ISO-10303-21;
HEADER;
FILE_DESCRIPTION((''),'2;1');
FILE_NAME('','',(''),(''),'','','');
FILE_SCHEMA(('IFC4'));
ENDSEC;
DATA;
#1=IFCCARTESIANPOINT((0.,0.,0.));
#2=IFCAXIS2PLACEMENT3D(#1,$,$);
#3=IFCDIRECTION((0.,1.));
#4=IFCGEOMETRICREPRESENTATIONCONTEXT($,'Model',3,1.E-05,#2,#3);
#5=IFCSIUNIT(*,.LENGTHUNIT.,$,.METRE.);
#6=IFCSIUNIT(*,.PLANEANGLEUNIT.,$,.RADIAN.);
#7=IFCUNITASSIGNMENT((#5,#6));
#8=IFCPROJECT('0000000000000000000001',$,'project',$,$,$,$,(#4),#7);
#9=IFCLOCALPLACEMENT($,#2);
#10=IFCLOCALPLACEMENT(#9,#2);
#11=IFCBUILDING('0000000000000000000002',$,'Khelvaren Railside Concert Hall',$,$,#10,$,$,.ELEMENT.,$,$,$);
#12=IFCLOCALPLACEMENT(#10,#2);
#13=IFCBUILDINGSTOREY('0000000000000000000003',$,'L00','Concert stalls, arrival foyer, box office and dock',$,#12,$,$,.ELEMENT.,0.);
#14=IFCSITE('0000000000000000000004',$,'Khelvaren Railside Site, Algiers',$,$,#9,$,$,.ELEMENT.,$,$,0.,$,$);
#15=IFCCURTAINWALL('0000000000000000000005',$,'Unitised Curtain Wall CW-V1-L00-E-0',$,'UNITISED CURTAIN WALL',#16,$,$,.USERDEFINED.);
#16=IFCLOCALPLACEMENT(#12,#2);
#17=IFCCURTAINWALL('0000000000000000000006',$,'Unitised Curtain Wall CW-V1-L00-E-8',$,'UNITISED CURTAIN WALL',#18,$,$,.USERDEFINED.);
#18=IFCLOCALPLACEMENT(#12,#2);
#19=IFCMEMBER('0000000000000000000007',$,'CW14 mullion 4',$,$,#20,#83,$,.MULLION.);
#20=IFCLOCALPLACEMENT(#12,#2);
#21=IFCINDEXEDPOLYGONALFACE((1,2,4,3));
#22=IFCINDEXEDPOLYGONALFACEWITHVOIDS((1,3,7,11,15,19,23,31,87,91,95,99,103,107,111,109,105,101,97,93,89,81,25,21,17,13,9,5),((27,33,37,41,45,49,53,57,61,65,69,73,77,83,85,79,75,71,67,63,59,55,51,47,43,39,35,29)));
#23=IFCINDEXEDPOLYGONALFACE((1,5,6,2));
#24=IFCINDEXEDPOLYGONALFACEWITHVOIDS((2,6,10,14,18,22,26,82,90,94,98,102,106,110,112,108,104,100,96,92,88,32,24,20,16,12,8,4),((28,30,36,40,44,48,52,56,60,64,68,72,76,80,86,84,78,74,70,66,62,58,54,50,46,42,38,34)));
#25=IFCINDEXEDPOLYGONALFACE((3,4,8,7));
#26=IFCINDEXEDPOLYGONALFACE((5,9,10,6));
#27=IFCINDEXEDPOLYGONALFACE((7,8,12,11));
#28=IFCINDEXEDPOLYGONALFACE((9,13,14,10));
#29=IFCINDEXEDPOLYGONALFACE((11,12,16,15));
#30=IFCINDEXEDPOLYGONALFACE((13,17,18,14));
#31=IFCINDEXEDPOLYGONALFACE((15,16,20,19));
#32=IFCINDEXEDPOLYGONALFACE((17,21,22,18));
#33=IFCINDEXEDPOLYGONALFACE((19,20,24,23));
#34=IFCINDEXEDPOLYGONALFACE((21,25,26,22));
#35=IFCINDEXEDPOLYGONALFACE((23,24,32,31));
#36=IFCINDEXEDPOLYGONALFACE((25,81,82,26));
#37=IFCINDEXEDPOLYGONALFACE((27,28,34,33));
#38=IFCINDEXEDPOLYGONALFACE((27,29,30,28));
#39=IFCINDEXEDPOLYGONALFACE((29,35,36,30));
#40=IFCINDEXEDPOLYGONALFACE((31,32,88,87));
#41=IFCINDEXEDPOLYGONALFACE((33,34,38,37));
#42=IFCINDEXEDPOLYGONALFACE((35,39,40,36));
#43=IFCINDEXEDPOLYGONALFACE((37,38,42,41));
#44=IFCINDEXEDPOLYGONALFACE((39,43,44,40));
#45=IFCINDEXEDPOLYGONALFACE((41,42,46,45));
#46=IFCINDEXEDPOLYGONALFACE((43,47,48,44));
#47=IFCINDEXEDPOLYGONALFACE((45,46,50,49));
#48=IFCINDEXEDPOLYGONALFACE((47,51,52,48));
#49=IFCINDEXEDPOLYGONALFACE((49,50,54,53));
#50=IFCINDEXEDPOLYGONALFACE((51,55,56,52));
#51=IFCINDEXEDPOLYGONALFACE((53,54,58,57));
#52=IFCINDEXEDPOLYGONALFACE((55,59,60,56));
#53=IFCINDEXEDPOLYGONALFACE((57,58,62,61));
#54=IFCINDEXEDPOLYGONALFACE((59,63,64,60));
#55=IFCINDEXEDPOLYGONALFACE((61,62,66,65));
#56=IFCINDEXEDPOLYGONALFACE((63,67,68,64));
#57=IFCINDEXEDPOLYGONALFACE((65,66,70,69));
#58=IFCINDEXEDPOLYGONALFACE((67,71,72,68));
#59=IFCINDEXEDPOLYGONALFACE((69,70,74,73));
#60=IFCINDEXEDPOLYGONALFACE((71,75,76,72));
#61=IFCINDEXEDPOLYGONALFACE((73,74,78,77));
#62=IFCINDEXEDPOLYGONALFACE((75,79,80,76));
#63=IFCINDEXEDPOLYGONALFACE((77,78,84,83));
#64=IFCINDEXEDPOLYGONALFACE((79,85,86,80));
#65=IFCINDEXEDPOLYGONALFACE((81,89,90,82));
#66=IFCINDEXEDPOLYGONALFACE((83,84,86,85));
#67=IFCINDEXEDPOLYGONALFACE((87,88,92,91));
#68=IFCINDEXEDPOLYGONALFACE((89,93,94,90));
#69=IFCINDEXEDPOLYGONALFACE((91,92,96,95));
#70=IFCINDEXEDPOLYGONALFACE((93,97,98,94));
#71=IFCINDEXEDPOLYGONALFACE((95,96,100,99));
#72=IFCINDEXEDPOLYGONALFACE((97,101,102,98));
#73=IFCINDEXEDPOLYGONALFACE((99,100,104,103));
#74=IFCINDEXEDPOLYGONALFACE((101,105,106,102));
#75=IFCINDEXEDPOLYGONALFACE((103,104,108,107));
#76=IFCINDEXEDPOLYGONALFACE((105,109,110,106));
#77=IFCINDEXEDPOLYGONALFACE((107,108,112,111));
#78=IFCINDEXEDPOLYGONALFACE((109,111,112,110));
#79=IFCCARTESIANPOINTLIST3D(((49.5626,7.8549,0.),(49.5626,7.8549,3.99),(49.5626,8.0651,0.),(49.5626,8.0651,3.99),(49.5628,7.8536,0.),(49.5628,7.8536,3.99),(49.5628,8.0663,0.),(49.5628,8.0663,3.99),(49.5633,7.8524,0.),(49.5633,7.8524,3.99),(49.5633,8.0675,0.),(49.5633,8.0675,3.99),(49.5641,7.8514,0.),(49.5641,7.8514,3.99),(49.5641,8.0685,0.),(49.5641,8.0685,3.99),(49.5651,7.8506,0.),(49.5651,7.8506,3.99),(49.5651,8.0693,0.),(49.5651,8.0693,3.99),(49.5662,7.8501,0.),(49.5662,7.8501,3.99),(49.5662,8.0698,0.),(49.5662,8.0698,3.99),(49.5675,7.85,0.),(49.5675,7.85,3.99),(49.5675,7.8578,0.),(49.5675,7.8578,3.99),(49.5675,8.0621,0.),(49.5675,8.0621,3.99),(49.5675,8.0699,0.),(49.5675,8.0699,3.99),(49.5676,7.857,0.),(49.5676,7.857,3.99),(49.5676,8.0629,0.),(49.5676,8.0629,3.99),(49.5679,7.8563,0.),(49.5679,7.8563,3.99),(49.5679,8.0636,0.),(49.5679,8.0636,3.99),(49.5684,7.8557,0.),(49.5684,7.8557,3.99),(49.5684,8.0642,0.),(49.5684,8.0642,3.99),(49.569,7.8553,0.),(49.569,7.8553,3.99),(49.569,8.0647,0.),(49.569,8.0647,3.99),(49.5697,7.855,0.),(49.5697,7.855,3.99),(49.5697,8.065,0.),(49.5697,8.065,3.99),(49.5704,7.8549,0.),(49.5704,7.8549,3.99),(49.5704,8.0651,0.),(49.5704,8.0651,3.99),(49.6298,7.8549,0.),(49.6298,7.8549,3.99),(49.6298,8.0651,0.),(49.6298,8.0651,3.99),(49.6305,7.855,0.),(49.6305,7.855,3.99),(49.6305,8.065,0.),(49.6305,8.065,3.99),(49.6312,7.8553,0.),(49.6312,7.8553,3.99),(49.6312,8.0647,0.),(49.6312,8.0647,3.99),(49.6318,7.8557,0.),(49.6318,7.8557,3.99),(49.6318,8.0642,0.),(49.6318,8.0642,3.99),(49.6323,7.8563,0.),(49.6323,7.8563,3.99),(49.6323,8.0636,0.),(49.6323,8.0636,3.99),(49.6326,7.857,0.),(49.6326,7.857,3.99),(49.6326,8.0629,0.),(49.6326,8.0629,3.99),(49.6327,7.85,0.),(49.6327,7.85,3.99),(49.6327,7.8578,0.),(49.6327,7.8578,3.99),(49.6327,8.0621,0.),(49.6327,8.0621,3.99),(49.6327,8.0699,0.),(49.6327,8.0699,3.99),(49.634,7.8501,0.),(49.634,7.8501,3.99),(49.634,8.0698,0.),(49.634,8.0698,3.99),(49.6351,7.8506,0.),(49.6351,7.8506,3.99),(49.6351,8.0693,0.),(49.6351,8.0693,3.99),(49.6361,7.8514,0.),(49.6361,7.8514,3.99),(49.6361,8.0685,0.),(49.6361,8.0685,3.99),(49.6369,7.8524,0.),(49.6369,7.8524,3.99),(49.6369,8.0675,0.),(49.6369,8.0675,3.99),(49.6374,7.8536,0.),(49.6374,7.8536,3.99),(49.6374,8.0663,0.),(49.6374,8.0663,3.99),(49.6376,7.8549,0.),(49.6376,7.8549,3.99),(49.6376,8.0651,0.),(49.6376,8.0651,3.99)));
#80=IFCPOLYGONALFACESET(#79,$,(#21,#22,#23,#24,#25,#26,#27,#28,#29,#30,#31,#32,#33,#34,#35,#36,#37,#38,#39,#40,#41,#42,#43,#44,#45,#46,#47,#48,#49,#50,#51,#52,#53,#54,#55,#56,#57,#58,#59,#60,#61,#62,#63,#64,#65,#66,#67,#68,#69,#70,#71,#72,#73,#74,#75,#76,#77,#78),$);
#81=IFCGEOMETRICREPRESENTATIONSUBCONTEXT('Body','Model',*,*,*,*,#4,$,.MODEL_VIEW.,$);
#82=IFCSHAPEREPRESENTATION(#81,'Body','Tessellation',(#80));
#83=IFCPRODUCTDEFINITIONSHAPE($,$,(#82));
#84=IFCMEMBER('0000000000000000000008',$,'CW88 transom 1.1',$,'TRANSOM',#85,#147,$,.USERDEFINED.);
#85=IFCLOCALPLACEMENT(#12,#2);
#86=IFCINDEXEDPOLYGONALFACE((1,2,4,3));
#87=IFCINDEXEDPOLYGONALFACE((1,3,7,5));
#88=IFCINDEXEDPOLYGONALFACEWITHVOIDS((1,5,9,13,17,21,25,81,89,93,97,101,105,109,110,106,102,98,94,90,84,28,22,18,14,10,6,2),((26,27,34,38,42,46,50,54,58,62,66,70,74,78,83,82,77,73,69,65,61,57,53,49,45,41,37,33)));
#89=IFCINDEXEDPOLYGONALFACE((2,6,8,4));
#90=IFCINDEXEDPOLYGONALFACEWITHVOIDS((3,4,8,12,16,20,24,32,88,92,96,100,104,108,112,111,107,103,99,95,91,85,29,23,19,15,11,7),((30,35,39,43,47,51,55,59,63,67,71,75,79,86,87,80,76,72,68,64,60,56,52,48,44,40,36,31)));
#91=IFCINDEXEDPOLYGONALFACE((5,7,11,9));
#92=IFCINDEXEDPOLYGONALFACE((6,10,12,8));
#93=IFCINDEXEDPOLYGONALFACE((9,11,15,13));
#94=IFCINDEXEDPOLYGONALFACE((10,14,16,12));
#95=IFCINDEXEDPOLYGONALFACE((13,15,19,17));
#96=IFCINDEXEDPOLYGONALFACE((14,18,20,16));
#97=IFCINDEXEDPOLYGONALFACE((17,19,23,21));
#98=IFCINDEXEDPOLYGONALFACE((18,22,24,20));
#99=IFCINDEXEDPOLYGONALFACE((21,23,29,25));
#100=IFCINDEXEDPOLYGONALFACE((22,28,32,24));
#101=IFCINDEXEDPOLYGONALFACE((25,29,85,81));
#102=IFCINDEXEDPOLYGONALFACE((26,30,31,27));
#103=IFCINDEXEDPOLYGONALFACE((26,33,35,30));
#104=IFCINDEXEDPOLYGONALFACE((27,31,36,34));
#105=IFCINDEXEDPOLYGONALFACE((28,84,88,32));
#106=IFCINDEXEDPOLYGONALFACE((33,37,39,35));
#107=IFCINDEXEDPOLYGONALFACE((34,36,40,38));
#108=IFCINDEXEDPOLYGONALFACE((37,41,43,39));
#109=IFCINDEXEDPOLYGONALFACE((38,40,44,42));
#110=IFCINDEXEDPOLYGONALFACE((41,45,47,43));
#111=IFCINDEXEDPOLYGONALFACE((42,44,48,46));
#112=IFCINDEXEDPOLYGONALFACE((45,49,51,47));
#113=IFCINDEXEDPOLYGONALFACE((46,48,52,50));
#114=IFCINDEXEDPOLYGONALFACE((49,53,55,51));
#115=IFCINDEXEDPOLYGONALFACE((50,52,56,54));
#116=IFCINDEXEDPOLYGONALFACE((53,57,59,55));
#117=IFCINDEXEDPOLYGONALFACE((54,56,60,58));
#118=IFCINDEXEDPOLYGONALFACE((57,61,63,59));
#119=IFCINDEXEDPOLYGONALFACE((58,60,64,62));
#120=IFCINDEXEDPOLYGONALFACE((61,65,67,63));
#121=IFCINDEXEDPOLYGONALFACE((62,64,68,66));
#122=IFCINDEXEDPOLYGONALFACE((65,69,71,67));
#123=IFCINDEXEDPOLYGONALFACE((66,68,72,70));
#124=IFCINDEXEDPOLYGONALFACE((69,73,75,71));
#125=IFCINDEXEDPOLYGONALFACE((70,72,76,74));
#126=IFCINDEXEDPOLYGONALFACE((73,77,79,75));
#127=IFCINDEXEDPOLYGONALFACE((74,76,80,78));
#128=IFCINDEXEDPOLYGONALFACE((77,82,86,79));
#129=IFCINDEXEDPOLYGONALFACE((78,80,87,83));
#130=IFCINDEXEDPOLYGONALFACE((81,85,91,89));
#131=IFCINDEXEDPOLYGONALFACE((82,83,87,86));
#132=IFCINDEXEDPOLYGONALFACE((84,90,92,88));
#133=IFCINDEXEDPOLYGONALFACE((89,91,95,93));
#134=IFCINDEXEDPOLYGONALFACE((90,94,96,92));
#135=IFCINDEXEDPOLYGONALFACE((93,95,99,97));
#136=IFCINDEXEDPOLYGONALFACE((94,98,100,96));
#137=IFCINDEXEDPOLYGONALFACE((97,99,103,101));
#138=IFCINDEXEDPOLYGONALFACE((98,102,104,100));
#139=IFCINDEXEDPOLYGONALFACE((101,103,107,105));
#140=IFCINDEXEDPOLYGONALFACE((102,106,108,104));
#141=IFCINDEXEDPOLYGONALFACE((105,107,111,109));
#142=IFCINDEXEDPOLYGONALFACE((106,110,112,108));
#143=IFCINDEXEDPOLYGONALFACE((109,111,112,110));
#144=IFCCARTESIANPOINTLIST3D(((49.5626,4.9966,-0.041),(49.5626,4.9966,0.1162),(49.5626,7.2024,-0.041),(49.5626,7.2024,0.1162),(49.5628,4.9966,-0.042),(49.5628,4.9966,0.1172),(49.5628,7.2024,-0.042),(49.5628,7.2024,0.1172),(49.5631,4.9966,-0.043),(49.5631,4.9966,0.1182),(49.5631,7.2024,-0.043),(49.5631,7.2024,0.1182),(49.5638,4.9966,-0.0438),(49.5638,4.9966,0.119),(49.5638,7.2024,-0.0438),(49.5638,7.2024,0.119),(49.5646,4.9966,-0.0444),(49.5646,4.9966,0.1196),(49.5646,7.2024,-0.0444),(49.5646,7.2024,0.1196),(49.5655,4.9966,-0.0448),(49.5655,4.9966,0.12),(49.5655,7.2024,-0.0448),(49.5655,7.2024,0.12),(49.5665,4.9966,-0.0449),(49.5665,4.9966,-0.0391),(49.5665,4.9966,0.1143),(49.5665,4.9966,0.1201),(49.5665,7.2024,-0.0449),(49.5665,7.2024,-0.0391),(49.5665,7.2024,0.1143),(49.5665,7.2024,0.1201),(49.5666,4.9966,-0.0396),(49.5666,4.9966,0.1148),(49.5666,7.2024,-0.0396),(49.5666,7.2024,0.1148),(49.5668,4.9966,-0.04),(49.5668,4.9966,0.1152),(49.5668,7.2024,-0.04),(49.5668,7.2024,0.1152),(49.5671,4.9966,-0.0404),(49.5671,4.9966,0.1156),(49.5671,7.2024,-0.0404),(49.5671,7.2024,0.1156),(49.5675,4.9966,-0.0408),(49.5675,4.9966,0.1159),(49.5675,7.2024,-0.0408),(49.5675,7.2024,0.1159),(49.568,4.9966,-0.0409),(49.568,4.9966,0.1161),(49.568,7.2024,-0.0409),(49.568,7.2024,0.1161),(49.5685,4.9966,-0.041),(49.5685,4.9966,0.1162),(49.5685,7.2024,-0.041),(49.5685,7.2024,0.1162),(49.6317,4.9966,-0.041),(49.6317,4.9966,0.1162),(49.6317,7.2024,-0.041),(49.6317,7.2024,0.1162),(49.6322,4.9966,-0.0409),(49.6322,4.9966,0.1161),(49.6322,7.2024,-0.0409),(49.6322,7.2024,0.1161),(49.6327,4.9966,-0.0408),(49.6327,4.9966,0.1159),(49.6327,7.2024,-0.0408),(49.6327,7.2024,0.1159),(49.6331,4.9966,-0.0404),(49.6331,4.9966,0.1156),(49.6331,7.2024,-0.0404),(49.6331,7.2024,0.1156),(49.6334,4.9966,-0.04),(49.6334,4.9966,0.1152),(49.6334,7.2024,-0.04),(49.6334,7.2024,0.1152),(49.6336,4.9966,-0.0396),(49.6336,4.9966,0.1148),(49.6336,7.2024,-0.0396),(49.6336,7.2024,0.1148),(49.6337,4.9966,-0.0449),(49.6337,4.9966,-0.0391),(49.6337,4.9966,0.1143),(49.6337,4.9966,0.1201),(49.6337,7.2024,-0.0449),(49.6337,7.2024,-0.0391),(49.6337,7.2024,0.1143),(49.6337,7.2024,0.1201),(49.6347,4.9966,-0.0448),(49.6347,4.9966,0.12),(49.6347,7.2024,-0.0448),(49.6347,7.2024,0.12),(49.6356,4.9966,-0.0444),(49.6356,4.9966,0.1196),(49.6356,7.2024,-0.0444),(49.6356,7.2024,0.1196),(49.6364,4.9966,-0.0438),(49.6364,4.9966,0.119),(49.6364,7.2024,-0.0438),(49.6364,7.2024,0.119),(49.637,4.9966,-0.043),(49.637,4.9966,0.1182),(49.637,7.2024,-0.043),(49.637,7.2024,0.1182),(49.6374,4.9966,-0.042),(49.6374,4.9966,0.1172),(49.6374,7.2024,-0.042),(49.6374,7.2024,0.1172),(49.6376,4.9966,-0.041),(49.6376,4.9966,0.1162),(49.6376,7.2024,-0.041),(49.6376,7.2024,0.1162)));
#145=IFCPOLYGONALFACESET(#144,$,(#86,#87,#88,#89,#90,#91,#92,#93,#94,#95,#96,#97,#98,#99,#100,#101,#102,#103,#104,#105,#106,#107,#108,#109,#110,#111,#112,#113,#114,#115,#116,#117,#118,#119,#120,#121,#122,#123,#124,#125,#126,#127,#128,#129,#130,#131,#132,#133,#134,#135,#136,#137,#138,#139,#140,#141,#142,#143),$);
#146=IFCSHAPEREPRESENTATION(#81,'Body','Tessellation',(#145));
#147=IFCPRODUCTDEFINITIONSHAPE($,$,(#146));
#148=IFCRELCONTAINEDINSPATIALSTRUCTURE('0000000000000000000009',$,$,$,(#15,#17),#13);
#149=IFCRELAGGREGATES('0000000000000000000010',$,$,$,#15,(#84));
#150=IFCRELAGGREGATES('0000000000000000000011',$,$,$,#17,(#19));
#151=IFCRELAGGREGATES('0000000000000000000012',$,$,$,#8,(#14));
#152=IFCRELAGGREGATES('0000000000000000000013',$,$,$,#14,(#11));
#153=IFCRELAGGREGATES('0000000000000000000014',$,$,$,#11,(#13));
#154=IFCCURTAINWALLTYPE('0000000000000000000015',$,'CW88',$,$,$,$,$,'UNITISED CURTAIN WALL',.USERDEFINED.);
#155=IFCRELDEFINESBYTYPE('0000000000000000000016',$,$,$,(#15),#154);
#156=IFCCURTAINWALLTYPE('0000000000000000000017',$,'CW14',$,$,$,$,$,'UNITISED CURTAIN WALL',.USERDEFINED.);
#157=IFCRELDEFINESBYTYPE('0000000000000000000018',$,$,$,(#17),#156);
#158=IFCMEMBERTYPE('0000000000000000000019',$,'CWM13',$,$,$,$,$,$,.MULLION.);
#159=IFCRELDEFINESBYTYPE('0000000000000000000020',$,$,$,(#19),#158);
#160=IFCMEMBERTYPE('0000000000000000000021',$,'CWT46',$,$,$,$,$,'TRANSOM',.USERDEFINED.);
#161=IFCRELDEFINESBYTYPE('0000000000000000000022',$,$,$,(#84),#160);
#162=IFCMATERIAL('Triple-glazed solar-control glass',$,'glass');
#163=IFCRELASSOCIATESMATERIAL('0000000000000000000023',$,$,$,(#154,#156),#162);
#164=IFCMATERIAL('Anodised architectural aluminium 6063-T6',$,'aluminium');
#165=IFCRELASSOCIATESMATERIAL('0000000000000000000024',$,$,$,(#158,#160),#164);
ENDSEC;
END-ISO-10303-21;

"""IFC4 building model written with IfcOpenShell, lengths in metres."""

from ifc_helpers import new_model, si_unit, direction, frame, origin, origin_2d, place, context, subcontext, project, spatial, hollow_rectangle, extrude, material, material_profile, profile_set, type_object, element, aggregate, save


model = new_model("IFC4")

# Units and contexts
model_context = context("Model", 3, precision=1e-05, world=origin(), true_north=direction((0.0, 1.0)))
body_context = subcontext(model_context, "Body", "Model", "MODEL_VIEW")
ifc_project = project(units=[si_unit("LENGTHUNIT", "METRE"), si_unit("PLANEANGLEUNIT", "RADIAN")], contexts=[model_context])

# Site, building, storey
site_placement = place(None, origin())
site = spatial("IfcSite", under=ifc_project, at=site_placement, Name="Khelvaren Railside Site, Algiers", CompositionType="ELEMENT", RefElevation=0.0)
building_placement = place(site_placement, origin())
building = spatial("IfcBuilding", under=site, at=building_placement, Name="Khelvaren Railside Concert Hall", CompositionType="ELEMENT")
storey_placement = place(building_placement, origin())
storey = spatial("IfcBuildingStorey", under=building, at=storey_placement, Name="L00", Description="Concert stalls, arrival foyer, box office and dock", CompositionType="ELEMENT", Elevation=0.0)

# Curtain wall
ifc_material_1 = material(Name="Triple-glazed solar-control glass", Category="glass")
curtain_wall_type_1 = type_object("IfcCurtainWallType", Name="CW88", ElementType="UNITISED CURTAIN WALL", PredefinedType="USERDEFINED", material=ifc_material_1)
curtain_wall_1_placement = place(storey_placement, origin())
curtain_wall_1 = element("IfcCurtainWall", 1, at=curtain_wall_1_placement, inside=storey, type_object=curtain_wall_type_1, Name="Unitised Curtain Wall CW-V1-L00-E-0", ObjectType="UNITISED CURTAIN WALL", PredefinedType="USERDEFINED")
ifc_material_2 = material(Name="Anodised architectural aluminium 6063-T6", Category="aluminium")
ifc_material_profile_1 = material_profile(ifc_material_2, hollow_rectangle(XDim=0.075, YDim=0.22, WallThickness=0.0049, InnerFilletRadius=0.0029, OuterFilletRadius=0.0049, at=origin_2d()), Name="CWM 75x220x5")
ifc_profile_set_1 = profile_set([ifc_material_profile_1], Name="Anodised architectural aluminium 6063-T6")
member_type_1 = type_object("IfcMemberType", Name="CWM13", PredefinedType="MULLION", material=ifc_profile_set_1)

# Curtain wall, member
curtain_wall_type_2 = type_object("IfcCurtainWallType", Name="CW14", ElementType="UNITISED CURTAIN WALL", PredefinedType="USERDEFINED", material=ifc_material_1)
curtain_wall_2_placement = place(storey_placement, origin())
curtain_wall_2 = element("IfcCurtainWall", 2, at=curtain_wall_2_placement, inside=storey, type_object=curtain_wall_type_2, Name="Unitised Curtain Wall CW-V1-L00-E-8", ObjectType="UNITISED CURTAIN WALL", PredefinedType="USERDEFINED")
member_1_placement = place(storey_placement, frame((49.6001, 7.96, 0.0), z_axis=(0.0, 0.0, 1.0), x_axis=(1.0, 0.0, 0.0)))
member_1 = element("IfcMember", 3, at=member_1_placement, type_object=member_type_1, Name="CW14 mullion 4", PredefinedType="MULLION", context=body_context, shape_type="SweptSolid", body=[
    extrude(hollow_rectangle(XDim=0.075, YDim=0.22, WallThickness=0.0049, InnerFilletRadius=0.0029, OuterFilletRadius=0.0049, at=origin_2d()), origin(), (0.0, 0.0, 1.0), 3.99),
])

# Member
ifc_material_profile_2 = material_profile(ifc_material_2, hollow_rectangle(XDim=0.075, YDim=0.165, WallThickness=0.0039, InnerFilletRadius=0.002, OuterFilletRadius=0.0039, at=origin_2d()), Name="CWT 75x165x4")
ifc_profile_set_2 = profile_set([ifc_material_profile_2], Name="Anodised architectural aluminium 6063-T6")
member_type_2 = type_object("IfcMemberType", Name="CWT46", ElementType="TRANSOM", PredefinedType="USERDEFINED", material=ifc_profile_set_2)
member_2_placement = place(storey_placement, frame((49.6001, 7.2024, 0.0376), z_axis=(0.0, -1.0, 0.0), x_axis=(1.0, 0.0, 0.0)))
member_2 = element("IfcMember", 4, at=member_2_placement, type_object=member_type_2, Name="CW88 transom 1.1", ObjectType="TRANSOM", PredefinedType="USERDEFINED", context=body_context, shape_type="SweptSolid", body=[
    extrude(hollow_rectangle(XDim=0.075, YDim=0.165, WallThickness=0.0039, InnerFilletRadius=0.002, OuterFilletRadius=0.0039, at=origin_2d()), origin(), (0.0, 0.0, 1.0), 2.2058),
])

aggregate(curtain_wall_1, [member_2])
aggregate(curtain_wall_2, [member_1])

save(model, "model.ifc")
